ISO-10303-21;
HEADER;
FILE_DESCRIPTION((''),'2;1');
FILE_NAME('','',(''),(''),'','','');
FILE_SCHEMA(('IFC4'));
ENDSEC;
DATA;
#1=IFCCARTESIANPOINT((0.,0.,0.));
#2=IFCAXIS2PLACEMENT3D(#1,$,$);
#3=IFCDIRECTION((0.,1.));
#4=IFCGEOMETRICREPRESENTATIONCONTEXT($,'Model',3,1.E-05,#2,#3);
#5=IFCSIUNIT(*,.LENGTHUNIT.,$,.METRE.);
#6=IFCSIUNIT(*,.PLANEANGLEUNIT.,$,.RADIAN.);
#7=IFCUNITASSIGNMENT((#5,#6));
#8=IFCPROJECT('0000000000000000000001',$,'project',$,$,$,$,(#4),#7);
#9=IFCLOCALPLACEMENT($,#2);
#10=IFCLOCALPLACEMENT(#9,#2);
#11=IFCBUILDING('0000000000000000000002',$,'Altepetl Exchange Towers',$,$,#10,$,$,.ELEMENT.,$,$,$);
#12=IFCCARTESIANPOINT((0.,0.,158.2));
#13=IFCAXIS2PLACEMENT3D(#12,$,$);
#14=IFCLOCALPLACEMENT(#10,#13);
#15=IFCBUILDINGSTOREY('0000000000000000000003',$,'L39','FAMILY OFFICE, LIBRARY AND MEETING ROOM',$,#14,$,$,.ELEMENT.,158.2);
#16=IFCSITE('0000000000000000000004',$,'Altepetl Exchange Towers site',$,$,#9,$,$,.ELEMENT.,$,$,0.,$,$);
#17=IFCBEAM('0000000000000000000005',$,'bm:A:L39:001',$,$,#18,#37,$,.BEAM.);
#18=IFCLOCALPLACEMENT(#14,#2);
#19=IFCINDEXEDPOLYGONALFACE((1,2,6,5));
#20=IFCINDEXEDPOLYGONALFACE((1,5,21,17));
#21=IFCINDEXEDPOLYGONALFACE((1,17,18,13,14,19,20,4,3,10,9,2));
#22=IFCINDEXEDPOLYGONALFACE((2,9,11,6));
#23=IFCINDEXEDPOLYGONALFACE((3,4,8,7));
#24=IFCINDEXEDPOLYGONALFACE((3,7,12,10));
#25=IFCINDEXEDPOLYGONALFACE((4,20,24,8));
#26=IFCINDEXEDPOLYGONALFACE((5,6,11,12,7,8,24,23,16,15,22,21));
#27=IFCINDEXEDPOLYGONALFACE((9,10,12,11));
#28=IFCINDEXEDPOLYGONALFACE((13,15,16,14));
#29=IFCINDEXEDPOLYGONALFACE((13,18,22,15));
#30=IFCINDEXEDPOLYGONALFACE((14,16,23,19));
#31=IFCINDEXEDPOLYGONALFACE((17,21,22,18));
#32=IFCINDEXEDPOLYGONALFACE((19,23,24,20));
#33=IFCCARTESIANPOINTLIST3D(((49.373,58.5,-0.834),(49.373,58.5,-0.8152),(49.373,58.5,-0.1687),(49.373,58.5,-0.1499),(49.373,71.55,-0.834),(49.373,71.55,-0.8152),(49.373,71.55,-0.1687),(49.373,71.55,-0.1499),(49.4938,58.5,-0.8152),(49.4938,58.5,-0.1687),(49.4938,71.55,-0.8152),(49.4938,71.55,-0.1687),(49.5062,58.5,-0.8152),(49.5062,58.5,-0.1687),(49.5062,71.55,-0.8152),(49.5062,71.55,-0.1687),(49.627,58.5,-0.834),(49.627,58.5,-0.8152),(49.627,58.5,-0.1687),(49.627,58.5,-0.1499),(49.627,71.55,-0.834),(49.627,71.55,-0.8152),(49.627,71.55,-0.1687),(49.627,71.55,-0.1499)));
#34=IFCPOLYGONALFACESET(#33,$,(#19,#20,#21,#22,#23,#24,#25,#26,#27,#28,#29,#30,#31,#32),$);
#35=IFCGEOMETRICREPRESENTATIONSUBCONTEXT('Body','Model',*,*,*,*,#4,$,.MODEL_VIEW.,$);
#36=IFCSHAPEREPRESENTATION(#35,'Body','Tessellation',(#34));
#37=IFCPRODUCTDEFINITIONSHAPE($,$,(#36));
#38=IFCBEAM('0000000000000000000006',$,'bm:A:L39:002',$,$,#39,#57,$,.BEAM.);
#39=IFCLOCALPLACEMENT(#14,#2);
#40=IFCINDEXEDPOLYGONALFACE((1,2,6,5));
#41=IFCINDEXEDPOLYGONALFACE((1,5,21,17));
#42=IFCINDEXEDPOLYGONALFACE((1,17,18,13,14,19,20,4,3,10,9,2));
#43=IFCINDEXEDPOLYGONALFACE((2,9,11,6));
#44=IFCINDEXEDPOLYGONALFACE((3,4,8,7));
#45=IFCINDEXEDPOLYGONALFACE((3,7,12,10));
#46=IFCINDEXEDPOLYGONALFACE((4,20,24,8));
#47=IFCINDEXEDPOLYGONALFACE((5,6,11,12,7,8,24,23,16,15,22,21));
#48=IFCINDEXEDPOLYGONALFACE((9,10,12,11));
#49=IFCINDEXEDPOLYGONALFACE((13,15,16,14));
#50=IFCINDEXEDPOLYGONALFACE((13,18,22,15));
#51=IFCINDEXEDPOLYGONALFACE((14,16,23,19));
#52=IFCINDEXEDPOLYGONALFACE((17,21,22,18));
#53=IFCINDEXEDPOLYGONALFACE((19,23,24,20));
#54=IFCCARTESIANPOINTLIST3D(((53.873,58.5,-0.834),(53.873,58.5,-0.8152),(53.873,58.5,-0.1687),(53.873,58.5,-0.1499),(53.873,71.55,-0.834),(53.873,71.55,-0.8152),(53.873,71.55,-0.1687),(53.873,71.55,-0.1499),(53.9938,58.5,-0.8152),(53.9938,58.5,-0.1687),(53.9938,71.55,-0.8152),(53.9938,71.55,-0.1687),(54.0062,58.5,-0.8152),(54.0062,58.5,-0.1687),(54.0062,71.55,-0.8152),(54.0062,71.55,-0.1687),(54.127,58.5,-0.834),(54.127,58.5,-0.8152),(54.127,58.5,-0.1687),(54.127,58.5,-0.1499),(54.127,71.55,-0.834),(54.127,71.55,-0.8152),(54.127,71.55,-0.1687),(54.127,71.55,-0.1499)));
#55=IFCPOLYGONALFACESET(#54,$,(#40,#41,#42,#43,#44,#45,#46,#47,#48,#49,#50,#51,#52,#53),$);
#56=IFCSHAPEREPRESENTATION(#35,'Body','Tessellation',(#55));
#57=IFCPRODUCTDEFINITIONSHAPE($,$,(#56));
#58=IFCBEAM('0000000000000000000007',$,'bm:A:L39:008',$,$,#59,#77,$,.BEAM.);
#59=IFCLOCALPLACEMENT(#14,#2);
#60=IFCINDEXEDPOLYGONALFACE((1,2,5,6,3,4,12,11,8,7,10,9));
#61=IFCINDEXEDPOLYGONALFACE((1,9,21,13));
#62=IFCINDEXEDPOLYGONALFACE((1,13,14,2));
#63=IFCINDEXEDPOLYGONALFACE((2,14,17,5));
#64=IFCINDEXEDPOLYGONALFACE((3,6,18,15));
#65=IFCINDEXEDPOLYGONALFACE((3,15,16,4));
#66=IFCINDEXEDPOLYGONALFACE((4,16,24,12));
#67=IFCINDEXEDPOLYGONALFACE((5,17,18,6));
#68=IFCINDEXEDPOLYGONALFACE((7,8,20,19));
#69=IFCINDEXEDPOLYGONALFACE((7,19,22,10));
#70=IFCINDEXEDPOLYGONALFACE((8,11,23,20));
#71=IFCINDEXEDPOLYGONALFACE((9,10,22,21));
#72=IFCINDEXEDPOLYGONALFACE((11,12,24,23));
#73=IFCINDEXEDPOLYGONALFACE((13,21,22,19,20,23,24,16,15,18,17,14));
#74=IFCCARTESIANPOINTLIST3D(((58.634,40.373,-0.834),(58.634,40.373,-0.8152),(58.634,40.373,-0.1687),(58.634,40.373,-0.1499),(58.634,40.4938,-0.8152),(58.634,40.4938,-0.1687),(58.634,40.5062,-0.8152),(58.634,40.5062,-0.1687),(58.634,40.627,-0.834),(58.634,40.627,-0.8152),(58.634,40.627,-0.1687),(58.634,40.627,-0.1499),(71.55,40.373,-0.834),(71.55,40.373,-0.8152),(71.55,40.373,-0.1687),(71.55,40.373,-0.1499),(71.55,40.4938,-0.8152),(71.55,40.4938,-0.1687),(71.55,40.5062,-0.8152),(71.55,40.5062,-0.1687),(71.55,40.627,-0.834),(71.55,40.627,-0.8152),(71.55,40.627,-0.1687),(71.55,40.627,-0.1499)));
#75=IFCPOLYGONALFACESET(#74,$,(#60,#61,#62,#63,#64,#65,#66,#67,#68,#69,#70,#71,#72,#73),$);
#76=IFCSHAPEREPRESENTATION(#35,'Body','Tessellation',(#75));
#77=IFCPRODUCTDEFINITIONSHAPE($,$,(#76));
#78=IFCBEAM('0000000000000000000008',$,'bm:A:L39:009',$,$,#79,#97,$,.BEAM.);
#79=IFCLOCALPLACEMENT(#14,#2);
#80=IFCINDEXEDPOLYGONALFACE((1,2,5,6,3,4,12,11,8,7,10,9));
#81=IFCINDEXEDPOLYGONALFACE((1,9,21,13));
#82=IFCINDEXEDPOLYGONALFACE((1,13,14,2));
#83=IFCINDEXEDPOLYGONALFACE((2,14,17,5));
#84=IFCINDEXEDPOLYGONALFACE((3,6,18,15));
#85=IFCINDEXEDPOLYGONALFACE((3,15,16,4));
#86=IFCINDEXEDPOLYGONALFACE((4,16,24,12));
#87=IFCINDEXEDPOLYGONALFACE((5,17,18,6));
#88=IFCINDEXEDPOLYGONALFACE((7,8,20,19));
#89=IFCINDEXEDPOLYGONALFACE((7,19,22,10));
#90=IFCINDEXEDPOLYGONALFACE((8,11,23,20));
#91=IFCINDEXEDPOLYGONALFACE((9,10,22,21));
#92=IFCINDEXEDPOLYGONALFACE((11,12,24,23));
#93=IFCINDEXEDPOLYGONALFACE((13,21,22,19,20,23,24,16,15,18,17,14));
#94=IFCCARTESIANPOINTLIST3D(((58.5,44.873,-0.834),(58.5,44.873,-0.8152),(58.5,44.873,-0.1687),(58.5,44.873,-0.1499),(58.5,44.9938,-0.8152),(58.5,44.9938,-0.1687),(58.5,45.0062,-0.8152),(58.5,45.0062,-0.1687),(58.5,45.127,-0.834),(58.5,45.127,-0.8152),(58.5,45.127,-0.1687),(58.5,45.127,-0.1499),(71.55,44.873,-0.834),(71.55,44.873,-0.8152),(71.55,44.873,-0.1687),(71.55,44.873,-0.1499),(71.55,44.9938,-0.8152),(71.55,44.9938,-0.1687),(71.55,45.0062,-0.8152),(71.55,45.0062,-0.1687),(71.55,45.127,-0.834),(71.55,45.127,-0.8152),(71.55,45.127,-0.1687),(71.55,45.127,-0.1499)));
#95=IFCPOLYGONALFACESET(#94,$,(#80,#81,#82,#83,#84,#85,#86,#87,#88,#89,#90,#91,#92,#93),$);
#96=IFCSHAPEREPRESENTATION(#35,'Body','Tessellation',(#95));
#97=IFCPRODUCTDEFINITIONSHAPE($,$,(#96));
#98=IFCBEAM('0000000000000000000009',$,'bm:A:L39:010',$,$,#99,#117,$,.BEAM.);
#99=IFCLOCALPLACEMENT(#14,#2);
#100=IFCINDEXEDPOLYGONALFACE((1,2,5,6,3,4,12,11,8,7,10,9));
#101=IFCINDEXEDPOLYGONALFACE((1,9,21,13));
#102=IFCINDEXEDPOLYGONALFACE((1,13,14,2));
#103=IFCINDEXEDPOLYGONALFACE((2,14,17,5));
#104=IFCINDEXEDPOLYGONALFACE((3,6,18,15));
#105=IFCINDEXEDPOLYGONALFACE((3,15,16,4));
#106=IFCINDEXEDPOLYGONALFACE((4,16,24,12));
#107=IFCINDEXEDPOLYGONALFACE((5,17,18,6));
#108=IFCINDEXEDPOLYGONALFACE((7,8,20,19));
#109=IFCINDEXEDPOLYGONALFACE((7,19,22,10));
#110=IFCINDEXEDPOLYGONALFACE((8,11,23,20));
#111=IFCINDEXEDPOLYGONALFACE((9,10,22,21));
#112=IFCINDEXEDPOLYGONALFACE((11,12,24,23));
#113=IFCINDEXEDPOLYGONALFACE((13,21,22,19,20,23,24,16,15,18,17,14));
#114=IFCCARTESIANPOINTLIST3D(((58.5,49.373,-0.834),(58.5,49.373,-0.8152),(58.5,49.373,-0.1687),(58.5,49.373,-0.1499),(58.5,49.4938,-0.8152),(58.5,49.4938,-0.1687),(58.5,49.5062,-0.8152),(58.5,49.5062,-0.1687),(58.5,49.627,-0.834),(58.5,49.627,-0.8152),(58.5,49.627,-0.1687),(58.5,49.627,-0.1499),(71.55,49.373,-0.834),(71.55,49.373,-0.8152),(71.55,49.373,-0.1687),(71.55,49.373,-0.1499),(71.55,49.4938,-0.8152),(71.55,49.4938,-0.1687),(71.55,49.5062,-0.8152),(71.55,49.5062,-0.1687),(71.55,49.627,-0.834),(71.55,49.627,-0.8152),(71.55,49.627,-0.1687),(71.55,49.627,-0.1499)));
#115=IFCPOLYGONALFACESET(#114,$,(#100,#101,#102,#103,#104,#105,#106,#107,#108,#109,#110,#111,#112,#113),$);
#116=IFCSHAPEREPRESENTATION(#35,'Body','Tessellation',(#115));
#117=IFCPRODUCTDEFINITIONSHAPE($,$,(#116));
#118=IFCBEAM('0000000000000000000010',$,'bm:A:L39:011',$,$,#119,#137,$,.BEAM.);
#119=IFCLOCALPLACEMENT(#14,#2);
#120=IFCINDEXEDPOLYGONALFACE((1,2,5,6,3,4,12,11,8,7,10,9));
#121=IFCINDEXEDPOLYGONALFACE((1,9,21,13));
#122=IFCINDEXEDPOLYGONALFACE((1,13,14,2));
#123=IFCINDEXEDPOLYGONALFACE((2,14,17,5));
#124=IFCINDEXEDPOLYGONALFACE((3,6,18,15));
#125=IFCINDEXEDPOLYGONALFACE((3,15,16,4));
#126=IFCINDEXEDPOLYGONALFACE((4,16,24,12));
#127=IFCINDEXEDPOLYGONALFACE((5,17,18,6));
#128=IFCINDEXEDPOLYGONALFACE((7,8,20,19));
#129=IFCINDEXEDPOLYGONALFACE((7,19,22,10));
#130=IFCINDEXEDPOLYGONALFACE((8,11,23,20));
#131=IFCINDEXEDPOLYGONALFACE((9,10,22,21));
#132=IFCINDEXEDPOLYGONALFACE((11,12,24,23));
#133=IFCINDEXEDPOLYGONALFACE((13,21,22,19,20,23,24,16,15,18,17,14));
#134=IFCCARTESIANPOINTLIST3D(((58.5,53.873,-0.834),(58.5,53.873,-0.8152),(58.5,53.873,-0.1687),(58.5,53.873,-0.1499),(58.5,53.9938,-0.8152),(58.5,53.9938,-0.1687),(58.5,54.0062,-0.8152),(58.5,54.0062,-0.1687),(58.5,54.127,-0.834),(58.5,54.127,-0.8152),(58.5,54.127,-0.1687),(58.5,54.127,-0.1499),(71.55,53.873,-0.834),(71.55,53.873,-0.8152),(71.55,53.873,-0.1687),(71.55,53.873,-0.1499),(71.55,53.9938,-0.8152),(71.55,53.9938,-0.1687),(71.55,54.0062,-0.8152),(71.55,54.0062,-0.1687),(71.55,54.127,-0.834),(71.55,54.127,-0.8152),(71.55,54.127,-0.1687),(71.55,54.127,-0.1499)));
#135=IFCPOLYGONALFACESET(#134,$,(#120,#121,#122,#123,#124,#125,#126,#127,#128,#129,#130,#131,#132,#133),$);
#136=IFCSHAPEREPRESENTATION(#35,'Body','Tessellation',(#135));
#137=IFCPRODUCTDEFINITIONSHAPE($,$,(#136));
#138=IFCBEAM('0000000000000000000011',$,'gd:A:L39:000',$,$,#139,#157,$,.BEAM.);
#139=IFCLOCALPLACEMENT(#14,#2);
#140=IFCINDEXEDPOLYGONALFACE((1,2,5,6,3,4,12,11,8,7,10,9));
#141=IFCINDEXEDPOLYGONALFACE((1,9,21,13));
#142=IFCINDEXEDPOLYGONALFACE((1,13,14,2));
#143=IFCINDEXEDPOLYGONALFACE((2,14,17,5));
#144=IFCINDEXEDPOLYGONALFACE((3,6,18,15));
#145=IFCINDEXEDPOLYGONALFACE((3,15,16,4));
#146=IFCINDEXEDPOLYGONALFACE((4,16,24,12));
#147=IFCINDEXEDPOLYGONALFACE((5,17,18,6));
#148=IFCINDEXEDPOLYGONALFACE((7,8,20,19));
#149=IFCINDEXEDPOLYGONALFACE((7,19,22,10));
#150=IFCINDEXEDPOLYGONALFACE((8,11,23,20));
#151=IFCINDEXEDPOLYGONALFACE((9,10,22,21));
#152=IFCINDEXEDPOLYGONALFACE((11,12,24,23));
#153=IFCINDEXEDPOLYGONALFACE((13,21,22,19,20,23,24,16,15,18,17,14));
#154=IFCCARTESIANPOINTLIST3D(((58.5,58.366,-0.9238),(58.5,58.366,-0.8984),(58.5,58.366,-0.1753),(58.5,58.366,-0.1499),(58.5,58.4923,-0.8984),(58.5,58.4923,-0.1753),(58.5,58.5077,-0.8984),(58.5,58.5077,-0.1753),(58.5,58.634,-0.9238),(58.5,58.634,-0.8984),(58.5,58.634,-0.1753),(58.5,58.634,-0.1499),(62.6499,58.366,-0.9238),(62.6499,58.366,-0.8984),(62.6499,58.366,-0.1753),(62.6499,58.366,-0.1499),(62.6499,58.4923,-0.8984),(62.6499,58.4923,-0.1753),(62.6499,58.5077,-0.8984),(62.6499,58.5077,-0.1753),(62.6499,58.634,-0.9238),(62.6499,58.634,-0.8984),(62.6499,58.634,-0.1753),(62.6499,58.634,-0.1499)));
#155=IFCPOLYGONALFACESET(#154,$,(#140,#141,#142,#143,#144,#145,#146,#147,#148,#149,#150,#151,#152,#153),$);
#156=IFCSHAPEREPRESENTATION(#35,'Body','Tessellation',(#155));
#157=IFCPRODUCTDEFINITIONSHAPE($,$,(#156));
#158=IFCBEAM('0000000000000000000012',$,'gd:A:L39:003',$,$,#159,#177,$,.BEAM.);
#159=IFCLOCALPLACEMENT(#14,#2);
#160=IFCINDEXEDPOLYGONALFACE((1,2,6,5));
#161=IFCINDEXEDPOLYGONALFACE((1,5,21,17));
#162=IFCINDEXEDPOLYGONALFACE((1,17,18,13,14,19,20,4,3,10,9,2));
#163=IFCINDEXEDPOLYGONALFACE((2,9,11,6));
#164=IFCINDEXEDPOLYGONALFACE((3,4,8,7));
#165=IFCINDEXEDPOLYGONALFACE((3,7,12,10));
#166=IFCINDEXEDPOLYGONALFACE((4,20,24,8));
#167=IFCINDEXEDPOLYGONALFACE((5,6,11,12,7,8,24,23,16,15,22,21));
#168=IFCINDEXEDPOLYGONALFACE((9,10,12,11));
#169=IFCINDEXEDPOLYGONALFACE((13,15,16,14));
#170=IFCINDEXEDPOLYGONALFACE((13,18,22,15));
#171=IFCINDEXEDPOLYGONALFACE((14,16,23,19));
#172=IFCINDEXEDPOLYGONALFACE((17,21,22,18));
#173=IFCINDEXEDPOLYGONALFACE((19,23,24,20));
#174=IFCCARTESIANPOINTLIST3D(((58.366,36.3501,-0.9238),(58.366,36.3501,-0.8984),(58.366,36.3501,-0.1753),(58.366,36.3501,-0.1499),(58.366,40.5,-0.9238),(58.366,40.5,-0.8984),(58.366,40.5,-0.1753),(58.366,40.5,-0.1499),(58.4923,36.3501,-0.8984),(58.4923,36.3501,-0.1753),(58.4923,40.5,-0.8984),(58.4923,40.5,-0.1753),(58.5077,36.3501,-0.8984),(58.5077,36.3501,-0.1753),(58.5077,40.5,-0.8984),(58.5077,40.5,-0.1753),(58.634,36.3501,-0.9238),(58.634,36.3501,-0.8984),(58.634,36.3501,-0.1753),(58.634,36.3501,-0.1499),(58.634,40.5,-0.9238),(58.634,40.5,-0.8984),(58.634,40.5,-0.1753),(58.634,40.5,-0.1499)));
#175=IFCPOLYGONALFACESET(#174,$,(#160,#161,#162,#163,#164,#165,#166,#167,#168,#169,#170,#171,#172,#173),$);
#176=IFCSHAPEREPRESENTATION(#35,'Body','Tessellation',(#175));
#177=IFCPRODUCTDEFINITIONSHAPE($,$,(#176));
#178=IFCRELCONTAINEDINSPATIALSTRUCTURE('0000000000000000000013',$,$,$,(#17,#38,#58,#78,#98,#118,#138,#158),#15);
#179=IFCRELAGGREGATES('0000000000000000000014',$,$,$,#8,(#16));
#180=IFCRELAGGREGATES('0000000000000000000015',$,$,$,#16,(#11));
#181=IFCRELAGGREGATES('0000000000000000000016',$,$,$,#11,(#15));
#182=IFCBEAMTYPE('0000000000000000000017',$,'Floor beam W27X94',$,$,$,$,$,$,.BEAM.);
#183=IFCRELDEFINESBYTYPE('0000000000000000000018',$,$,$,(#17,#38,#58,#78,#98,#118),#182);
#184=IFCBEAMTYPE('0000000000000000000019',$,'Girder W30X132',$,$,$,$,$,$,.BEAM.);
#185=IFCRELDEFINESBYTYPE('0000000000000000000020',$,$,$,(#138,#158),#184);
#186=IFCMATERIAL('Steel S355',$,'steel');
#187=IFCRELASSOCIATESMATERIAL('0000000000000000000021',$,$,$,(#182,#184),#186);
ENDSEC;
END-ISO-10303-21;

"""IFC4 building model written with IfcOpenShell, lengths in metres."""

from ifc_helpers import new_model, si_unit, direction, frame, origin, origin_2d, place, context, subcontext, project, spatial, i_section, extrude, material, material_profile, profile_set, type_object, element, save


model = new_model("IFC4")

# Units and contexts
model_context = context("Model", 3, precision=1e-05, world=origin(), true_north=direction((0.0, 1.0)))
body_context = subcontext(model_context, "Body", "Model", "MODEL_VIEW")
ifc_project = project(units=[si_unit("LENGTHUNIT", "METRE"), si_unit("PLANEANGLEUNIT", "RADIAN")], contexts=[model_context])

# Site, building, storey
site_placement = place(None, origin())
site = spatial("IfcSite", under=ifc_project, at=site_placement, Name="Altepetl Exchange Towers site", CompositionType="ELEMENT", RefElevation=0.0)
building_placement = place(site_placement, origin())
building = spatial("IfcBuilding", under=site, at=building_placement, Name="Altepetl Exchange Towers", CompositionType="ELEMENT")
storey_placement = place(building_placement, frame((0.0, 0.0, 158.2)))
storey = spatial("IfcBuildingStorey", under=building, at=storey_placement, Name="L39", Description="FAMILY OFFICE, LIBRARY AND MEETING ROOM", CompositionType="ELEMENT", Elevation=158.2)

# Beams
ifc_material_1 = material(Name="Steel S355", Category="steel")
ifc_material_profile_1 = material_profile(ifc_material_1, i_section(OverallWidth=0.2539, OverallDepth=0.6841, WebThickness=0.0125, FlangeThickness=0.0188, at=origin_2d()), Name="W27X94")
ifc_profile_set_1 = profile_set([ifc_material_profile_1], Name="Steel S355")
beam_type_1 = type_object("IfcBeamType", Name="Floor beam W27X94", PredefinedType="BEAM", material=ifc_profile_set_1)
for number, where, z_axis, x_axis, name in (
    (1, (49.5, 58.5, -0.4919), (0.0, 1.0, 0.0), (-1.0, 0.0, 0.0), "bm:A:L39:001"),
    (2, (54.0, 58.5, -0.4919), (0.0, 1.0, 0.0), (-1.0, 0.0, 0.0), "bm:A:L39:002"),
):
    element("IfcBeam", number, at=place(storey_placement, frame(where, z_axis=z_axis, x_axis=x_axis)), inside=storey, type_object=beam_type_1, Name=name, PredefinedType="BEAM", context=body_context, shape_type="SweptSolid", body=[
        extrude(i_section(OverallWidth=0.2539, OverallDepth=0.6841, WebThickness=0.0125, FlangeThickness=0.0188, at=origin_2d()), origin(), (0.0, 0.0, 1.0), 13.05),
    ])
beam_placement = place(storey_placement, frame((58.634, 40.5, -0.4919), z_axis=(1.0, 0.0, 0.0), x_axis=(0.0, 1.0, 0.0)))
element("IfcBeam", 3, at=beam_placement, inside=storey, type_object=beam_type_1, Name="bm:A:L39:008", PredefinedType="BEAM", context=body_context, shape_type="SweptSolid", body=[
    extrude(i_section(OverallWidth=0.2539, OverallDepth=0.6841, WebThickness=0.0125, FlangeThickness=0.0188, at=origin_2d()), origin(), (0.0, 0.0, 1.0), 12.916),
])
for number, where, z_axis, x_axis, name in (
    (4, (58.5, 45.0, -0.4919), (1.0, 0.0, 0.0), (0.0, 1.0, 0.0), "bm:A:L39:009"),
    (5, (58.5, 49.5, -0.4919), (1.0, 0.0, 0.0), (0.0, 1.0, 0.0), "bm:A:L39:010"),
    (6, (58.5, 54.0, -0.4919), (1.0, 0.0, 0.0), (0.0, 1.0, 0.0), "bm:A:L39:011"),
):
    element("IfcBeam", number, at=place(storey_placement, frame(where, z_axis=z_axis, x_axis=x_axis)), inside=storey, type_object=beam_type_1, Name=name, PredefinedType="BEAM", context=body_context, shape_type="SweptSolid", body=[
        extrude(i_section(OverallWidth=0.2539, OverallDepth=0.6841, WebThickness=0.0125, FlangeThickness=0.0188, at=origin_2d()), origin(), (0.0, 0.0, 1.0), 13.05),
    ])
ifc_material_profile_2 = material_profile(ifc_material_1, i_section(OverallWidth=0.2681, OverallDepth=0.7739, WebThickness=0.0154, FlangeThickness=0.0254, at=origin_2d()), Name="W30X132")
ifc_profile_set_2 = profile_set([ifc_material_profile_2], Name="Steel S355")
beam_type_2 = type_object("IfcBeamType", Name="Girder W30X132", PredefinedType="BEAM", material=ifc_profile_set_2)
for number, where, z_axis, x_axis, name in (
    (7, (58.5, 58.5, -0.5369), (1.0, 0.0, 0.0), (0.0, 1.0, 0.0), "gd:A:L39:000"),
    (8, (58.5, 40.5, -0.5369), (0.0, -1.0, 0.0), (1.0, 0.0, 0.0), "gd:A:L39:003"),
):
    element("IfcBeam", number, at=place(storey_placement, frame(where, z_axis=z_axis, x_axis=x_axis)), inside=storey, type_object=beam_type_2, Name=name, PredefinedType="BEAM", context=body_context, shape_type="SweptSolid", body=[
        extrude(i_section(OverallWidth=0.2681, OverallDepth=0.7739, WebThickness=0.0154, FlangeThickness=0.0254, at=origin_2d()), origin(), (0.0, 0.0, 1.0), 4.1499),
    ])

save(model, "model.ifc")
